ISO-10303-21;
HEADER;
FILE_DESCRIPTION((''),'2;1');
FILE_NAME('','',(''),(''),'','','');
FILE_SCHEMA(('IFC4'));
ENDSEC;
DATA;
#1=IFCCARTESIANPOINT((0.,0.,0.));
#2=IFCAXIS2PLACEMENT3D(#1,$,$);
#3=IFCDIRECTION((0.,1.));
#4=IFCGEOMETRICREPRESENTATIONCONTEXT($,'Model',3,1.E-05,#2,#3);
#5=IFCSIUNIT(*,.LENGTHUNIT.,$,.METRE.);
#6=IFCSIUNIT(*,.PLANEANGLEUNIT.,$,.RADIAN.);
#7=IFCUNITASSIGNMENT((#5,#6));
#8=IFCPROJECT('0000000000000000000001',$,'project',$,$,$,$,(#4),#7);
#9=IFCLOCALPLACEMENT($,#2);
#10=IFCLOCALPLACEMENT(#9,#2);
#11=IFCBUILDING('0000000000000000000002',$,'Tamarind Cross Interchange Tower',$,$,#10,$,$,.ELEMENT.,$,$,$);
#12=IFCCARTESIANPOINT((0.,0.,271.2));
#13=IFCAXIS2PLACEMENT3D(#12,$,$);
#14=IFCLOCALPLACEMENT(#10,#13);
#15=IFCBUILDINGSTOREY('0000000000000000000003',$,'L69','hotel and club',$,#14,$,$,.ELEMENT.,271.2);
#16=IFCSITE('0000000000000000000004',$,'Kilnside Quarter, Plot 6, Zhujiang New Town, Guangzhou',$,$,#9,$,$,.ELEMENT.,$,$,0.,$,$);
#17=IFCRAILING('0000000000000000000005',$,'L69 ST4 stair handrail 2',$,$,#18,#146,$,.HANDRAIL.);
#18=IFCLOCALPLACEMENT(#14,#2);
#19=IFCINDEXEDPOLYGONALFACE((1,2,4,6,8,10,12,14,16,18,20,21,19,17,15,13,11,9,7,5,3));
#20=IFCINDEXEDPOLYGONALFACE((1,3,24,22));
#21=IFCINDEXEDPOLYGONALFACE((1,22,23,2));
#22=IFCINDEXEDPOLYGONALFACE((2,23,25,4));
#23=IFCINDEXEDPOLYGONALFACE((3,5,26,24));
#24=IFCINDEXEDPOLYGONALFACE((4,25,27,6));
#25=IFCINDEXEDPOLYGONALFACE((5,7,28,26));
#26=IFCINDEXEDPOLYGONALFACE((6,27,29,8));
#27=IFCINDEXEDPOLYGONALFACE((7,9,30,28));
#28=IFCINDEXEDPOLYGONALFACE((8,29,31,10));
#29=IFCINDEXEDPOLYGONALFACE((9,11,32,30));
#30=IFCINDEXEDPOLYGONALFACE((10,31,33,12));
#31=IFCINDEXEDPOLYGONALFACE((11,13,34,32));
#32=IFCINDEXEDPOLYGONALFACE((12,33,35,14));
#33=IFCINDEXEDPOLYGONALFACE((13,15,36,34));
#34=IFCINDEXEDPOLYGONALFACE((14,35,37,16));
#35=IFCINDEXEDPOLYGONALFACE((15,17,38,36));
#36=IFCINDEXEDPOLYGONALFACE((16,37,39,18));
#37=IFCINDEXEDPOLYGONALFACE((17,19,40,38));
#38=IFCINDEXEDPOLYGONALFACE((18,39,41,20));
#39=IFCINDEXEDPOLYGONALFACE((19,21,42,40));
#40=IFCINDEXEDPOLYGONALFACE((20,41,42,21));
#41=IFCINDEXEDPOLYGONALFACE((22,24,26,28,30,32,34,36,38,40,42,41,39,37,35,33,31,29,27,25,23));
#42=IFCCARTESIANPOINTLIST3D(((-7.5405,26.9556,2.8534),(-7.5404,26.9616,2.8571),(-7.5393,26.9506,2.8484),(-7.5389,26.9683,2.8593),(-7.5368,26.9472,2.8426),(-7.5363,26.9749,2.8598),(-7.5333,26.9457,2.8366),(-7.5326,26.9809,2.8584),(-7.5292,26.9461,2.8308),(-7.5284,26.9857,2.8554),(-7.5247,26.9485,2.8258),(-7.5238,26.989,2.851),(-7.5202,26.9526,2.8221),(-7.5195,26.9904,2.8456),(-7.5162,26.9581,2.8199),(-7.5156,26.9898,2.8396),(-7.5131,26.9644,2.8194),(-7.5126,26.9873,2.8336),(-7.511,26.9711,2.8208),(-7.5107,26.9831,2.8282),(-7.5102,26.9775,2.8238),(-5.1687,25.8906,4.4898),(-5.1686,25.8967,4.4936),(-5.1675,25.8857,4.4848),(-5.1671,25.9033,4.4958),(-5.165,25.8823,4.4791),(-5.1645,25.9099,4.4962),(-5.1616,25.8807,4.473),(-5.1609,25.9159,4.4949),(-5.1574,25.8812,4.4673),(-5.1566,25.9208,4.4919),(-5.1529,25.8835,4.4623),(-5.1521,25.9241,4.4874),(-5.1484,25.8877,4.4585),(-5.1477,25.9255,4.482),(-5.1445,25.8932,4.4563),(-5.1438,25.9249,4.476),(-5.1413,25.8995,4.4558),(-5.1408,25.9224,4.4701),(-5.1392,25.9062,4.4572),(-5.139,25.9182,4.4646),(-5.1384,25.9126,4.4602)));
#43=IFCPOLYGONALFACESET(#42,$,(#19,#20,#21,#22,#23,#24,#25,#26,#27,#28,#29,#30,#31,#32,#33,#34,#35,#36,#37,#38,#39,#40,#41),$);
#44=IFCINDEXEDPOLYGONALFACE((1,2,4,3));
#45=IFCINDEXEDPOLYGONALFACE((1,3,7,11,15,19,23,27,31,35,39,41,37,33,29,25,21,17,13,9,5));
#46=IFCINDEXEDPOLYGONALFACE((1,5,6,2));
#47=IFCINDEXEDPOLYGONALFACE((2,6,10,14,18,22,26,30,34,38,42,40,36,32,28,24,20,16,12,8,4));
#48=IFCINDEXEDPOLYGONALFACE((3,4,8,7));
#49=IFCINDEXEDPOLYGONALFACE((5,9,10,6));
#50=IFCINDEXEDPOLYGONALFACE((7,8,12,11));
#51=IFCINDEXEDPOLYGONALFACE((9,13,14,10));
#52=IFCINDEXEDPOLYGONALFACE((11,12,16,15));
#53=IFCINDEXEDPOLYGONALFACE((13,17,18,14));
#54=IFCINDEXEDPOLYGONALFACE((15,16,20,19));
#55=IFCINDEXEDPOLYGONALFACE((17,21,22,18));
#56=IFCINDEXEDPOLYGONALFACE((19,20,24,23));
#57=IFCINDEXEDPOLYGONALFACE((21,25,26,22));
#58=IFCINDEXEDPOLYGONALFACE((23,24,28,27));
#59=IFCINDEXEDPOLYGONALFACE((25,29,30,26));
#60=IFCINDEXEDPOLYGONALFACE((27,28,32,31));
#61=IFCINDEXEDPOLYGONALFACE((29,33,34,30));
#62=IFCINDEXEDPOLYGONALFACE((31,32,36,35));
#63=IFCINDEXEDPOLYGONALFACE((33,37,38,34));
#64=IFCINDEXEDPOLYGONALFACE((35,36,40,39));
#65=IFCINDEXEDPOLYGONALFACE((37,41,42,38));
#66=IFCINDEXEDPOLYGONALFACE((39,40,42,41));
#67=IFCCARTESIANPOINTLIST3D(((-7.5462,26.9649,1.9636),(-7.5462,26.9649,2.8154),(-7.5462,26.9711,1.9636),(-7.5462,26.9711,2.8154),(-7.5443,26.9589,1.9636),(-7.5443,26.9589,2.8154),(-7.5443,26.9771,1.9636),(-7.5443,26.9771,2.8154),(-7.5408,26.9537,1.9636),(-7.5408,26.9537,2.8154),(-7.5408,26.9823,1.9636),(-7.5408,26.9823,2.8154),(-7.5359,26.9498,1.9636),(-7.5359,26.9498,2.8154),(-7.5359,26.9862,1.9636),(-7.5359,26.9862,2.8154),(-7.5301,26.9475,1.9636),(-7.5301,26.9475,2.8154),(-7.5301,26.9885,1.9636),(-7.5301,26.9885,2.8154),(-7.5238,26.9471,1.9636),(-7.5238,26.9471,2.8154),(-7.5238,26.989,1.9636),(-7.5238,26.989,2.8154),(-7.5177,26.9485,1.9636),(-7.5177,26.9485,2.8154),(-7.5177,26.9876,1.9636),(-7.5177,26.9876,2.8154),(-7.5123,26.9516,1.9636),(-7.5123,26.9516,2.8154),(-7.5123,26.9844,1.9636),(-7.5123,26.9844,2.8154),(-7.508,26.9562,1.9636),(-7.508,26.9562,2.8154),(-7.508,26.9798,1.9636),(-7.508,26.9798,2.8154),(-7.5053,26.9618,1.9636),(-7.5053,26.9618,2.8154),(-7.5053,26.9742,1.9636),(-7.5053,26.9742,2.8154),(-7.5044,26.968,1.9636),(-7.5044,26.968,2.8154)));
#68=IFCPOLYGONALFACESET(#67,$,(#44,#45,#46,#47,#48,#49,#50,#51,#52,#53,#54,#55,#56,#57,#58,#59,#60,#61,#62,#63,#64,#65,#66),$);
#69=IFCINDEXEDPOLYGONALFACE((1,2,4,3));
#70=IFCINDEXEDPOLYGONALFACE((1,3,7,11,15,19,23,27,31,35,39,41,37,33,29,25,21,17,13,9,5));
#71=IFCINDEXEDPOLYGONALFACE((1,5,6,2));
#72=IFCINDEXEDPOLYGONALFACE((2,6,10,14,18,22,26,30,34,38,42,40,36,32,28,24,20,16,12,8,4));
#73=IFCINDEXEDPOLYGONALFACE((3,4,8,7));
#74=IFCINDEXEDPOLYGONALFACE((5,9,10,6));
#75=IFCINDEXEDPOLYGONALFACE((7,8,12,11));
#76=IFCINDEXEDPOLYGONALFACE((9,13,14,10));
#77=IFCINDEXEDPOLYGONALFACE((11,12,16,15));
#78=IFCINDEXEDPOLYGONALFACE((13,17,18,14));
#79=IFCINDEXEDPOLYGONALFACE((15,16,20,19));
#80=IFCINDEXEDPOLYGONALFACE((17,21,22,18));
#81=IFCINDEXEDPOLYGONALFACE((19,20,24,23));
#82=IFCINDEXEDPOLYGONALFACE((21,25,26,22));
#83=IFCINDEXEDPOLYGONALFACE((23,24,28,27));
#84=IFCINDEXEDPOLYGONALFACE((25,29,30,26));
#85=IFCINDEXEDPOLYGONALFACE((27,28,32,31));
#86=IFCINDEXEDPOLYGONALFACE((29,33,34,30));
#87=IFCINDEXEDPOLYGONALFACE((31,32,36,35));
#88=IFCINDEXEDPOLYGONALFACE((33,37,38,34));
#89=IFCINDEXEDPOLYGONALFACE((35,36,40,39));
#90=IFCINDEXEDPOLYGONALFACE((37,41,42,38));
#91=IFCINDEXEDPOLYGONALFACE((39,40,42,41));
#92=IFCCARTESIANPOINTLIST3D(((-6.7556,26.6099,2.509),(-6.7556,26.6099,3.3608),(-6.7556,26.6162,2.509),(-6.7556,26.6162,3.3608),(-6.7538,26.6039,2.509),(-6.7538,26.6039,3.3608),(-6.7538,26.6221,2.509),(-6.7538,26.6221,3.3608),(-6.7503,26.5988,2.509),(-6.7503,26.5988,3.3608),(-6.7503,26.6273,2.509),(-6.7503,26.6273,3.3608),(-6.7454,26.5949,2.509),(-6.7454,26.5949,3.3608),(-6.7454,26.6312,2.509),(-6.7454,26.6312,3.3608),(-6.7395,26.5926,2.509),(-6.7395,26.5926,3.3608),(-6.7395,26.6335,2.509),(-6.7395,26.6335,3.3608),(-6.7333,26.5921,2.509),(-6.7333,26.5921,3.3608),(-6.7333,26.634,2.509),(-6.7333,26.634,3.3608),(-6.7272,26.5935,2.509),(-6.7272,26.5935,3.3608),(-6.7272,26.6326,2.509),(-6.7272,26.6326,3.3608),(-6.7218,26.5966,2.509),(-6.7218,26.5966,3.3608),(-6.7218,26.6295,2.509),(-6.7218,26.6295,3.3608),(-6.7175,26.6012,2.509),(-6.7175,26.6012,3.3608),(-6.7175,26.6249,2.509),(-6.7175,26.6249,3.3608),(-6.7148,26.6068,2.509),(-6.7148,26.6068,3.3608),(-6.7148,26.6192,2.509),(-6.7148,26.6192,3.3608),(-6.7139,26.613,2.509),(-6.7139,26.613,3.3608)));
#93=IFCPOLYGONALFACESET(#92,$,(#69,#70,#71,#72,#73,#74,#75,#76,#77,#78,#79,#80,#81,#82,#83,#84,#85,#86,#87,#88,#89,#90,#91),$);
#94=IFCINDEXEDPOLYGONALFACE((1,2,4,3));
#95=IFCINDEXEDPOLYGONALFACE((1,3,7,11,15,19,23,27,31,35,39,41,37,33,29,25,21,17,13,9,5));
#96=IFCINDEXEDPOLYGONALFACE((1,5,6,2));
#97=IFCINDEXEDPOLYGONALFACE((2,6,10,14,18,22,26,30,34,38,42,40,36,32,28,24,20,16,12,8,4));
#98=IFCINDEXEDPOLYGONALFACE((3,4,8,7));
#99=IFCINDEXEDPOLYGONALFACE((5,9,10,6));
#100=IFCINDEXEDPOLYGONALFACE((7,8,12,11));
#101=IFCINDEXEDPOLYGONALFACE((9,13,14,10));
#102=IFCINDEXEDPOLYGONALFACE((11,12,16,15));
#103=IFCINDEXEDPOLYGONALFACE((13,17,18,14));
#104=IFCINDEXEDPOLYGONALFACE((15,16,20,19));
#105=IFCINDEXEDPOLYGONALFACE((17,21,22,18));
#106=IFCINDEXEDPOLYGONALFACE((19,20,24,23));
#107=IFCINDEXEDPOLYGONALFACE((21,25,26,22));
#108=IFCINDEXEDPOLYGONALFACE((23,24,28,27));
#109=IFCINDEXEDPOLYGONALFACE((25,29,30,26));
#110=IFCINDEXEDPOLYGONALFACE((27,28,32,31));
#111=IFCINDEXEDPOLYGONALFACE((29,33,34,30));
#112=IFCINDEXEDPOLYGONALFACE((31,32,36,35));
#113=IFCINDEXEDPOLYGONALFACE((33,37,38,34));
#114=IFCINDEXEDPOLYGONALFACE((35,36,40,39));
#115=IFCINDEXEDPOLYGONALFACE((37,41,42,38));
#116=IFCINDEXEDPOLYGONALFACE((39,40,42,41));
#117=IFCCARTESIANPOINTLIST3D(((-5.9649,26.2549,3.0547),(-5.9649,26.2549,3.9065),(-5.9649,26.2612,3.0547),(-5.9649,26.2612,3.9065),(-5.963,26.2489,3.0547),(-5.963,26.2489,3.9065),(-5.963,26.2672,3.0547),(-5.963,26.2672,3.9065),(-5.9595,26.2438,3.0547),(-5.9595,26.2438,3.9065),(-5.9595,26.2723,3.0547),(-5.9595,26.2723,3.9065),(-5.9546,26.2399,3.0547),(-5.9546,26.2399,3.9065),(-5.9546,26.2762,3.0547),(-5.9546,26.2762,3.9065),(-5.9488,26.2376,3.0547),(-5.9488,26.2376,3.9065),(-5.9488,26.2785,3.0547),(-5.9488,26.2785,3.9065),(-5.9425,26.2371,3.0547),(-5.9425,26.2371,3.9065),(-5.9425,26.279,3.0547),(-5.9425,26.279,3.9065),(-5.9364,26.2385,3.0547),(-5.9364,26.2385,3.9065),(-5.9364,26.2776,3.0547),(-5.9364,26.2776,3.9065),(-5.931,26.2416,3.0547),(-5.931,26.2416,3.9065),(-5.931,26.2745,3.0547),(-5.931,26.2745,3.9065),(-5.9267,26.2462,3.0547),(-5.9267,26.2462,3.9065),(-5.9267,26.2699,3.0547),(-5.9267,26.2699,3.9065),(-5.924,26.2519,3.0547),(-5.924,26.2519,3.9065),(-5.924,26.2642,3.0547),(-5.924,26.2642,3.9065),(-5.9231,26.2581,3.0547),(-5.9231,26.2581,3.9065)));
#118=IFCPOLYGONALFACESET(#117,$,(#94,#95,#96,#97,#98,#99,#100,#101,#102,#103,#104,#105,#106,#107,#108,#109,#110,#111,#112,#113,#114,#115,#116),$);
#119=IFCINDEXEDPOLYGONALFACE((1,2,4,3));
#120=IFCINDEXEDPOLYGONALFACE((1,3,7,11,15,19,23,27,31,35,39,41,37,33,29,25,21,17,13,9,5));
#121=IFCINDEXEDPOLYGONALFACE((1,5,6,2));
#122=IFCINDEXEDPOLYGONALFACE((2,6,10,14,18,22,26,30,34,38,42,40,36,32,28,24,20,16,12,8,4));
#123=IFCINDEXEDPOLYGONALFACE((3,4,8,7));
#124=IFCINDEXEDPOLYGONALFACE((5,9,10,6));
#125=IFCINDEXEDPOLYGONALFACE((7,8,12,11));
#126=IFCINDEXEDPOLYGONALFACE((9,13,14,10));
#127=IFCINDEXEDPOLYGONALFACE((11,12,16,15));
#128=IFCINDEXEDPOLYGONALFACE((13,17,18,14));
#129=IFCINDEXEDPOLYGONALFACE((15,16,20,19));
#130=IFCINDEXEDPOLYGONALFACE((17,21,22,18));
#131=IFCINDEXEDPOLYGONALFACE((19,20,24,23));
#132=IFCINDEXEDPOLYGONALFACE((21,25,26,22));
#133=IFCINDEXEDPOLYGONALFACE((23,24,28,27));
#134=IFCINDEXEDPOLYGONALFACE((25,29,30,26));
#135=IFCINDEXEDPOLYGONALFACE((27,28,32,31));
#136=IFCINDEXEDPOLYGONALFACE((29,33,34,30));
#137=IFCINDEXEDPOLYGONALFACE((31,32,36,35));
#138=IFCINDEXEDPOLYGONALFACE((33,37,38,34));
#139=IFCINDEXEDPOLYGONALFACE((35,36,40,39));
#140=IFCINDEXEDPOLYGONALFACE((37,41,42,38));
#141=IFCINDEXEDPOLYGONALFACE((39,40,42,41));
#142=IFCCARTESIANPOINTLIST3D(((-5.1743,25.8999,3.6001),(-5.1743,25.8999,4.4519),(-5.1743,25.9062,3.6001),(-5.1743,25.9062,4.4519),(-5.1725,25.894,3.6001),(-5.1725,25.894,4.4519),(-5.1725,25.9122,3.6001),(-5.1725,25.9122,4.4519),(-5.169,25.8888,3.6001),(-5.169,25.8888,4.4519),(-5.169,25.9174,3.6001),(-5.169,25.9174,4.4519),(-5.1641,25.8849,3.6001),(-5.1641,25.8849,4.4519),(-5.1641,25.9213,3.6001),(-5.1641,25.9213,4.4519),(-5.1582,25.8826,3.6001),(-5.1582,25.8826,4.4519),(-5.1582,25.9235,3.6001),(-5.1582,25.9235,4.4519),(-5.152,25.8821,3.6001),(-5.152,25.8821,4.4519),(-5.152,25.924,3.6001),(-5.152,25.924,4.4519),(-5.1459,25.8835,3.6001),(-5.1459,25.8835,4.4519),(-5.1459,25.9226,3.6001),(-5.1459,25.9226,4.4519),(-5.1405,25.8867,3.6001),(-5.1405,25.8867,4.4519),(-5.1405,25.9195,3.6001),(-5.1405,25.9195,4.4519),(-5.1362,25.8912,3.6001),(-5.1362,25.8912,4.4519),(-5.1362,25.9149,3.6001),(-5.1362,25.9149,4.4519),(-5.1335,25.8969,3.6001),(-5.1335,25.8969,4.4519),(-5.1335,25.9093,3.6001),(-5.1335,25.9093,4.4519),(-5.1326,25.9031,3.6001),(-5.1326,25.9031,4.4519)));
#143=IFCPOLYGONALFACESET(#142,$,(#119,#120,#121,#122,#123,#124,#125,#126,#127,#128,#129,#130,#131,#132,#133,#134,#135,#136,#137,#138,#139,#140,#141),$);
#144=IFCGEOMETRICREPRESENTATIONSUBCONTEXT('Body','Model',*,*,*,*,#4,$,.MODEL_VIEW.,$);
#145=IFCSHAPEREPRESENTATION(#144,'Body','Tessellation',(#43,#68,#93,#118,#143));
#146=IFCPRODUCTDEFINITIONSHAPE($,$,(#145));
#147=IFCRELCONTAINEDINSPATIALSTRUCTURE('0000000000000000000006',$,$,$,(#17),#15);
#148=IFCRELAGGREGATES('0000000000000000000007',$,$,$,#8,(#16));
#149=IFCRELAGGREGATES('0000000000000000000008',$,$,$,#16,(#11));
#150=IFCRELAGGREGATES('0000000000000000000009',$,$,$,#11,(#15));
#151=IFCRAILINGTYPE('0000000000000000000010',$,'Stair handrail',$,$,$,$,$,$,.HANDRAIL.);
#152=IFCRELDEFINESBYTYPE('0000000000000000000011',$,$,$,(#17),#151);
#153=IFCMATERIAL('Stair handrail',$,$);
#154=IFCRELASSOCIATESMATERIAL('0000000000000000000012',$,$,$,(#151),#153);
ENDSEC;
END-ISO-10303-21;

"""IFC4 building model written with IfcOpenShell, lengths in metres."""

from ifc_helpers import new_model, si_unit, direction, frame, origin, origin_2d, place, context, subcontext, project, spatial, circle, extrude, material, type_object, element, save


model = new_model("IFC4")

# Units and contexts
model_context = context("Model", 3, precision=1e-05, world=origin(), true_north=direction((0.0, 1.0)))
body_context = subcontext(model_context, "Body", "Model", "MODEL_VIEW")
ifc_project = project(units=[si_unit("LENGTHUNIT", "METRE"), si_unit("PLANEANGLEUNIT", "RADIAN")], contexts=[model_context])

# Site, building, storey
site_placement = place(None, origin())
site = spatial("IfcSite", under=ifc_project, at=site_placement, Name="Kilnside Quarter, Plot 6, Zhujiang New Town, Guangzhou", CompositionType="ELEMENT", RefElevation=0.0)
building_placement = place(site_placement, origin())
building = spatial("IfcBuilding", under=site, at=building_placement, Name="Tamarind Cross Interchange Tower", CompositionType="ELEMENT")
storey_placement = place(building_placement, frame((0.0, 0.0, 271.2)))
storey = spatial("IfcBuildingStorey", under=building, at=storey_placement, Name="L69", Description="hotel and club", CompositionType="ELEMENT", Elevation=271.2)

# Railing
ifc_material_1 = material(Name="Stair handrail")
railing_type_1 = type_object("IfcRailingType", Name="Stair handrail", PredefinedType="HANDRAIL", material=ifc_material_1)
railing_1_placement = place(storey_placement, frame((-7.5254, 26.968, 1.9636)))
element("IfcRailing", 1, at=railing_1_placement, inside=storey, type_object=railing_type_1, Name="L69 ST4 stair handrail 2", PredefinedType="HANDRAIL", context=body_context, shape_type="SweptSolid", body=[
    extrude(circle(Radius=0.0239, at=origin_2d()), frame((0.0, 0.0, 0.876), z_axis=(0.772057, -0.346651, 0.532692), x_axis=(0.409603, 0.912264, 0.0)), (0.0, 0.0, 1.0), 3.072),
    extrude(circle(Radius=0.021, at=origin_2d()), origin(), (0.0, 0.0, 1.0), 0.8518),
    extrude(circle(Radius=0.021, at=origin_2d()), frame((0.7905, -0.355, 0.5454)), (0.0, 0.0, 1.0), 0.8518),
    extrude(circle(Radius=0.021, at=origin_2d()), frame((1.5813, -0.71, 1.0911)), (0.0, 0.0, 1.0), 0.8518),
    extrude(circle(Radius=0.021, at=origin_2d()), frame((2.3718, -1.0649, 1.6365)), (0.0, 0.0, 1.0), 0.8518),
])

save(model, "model.ifc")
